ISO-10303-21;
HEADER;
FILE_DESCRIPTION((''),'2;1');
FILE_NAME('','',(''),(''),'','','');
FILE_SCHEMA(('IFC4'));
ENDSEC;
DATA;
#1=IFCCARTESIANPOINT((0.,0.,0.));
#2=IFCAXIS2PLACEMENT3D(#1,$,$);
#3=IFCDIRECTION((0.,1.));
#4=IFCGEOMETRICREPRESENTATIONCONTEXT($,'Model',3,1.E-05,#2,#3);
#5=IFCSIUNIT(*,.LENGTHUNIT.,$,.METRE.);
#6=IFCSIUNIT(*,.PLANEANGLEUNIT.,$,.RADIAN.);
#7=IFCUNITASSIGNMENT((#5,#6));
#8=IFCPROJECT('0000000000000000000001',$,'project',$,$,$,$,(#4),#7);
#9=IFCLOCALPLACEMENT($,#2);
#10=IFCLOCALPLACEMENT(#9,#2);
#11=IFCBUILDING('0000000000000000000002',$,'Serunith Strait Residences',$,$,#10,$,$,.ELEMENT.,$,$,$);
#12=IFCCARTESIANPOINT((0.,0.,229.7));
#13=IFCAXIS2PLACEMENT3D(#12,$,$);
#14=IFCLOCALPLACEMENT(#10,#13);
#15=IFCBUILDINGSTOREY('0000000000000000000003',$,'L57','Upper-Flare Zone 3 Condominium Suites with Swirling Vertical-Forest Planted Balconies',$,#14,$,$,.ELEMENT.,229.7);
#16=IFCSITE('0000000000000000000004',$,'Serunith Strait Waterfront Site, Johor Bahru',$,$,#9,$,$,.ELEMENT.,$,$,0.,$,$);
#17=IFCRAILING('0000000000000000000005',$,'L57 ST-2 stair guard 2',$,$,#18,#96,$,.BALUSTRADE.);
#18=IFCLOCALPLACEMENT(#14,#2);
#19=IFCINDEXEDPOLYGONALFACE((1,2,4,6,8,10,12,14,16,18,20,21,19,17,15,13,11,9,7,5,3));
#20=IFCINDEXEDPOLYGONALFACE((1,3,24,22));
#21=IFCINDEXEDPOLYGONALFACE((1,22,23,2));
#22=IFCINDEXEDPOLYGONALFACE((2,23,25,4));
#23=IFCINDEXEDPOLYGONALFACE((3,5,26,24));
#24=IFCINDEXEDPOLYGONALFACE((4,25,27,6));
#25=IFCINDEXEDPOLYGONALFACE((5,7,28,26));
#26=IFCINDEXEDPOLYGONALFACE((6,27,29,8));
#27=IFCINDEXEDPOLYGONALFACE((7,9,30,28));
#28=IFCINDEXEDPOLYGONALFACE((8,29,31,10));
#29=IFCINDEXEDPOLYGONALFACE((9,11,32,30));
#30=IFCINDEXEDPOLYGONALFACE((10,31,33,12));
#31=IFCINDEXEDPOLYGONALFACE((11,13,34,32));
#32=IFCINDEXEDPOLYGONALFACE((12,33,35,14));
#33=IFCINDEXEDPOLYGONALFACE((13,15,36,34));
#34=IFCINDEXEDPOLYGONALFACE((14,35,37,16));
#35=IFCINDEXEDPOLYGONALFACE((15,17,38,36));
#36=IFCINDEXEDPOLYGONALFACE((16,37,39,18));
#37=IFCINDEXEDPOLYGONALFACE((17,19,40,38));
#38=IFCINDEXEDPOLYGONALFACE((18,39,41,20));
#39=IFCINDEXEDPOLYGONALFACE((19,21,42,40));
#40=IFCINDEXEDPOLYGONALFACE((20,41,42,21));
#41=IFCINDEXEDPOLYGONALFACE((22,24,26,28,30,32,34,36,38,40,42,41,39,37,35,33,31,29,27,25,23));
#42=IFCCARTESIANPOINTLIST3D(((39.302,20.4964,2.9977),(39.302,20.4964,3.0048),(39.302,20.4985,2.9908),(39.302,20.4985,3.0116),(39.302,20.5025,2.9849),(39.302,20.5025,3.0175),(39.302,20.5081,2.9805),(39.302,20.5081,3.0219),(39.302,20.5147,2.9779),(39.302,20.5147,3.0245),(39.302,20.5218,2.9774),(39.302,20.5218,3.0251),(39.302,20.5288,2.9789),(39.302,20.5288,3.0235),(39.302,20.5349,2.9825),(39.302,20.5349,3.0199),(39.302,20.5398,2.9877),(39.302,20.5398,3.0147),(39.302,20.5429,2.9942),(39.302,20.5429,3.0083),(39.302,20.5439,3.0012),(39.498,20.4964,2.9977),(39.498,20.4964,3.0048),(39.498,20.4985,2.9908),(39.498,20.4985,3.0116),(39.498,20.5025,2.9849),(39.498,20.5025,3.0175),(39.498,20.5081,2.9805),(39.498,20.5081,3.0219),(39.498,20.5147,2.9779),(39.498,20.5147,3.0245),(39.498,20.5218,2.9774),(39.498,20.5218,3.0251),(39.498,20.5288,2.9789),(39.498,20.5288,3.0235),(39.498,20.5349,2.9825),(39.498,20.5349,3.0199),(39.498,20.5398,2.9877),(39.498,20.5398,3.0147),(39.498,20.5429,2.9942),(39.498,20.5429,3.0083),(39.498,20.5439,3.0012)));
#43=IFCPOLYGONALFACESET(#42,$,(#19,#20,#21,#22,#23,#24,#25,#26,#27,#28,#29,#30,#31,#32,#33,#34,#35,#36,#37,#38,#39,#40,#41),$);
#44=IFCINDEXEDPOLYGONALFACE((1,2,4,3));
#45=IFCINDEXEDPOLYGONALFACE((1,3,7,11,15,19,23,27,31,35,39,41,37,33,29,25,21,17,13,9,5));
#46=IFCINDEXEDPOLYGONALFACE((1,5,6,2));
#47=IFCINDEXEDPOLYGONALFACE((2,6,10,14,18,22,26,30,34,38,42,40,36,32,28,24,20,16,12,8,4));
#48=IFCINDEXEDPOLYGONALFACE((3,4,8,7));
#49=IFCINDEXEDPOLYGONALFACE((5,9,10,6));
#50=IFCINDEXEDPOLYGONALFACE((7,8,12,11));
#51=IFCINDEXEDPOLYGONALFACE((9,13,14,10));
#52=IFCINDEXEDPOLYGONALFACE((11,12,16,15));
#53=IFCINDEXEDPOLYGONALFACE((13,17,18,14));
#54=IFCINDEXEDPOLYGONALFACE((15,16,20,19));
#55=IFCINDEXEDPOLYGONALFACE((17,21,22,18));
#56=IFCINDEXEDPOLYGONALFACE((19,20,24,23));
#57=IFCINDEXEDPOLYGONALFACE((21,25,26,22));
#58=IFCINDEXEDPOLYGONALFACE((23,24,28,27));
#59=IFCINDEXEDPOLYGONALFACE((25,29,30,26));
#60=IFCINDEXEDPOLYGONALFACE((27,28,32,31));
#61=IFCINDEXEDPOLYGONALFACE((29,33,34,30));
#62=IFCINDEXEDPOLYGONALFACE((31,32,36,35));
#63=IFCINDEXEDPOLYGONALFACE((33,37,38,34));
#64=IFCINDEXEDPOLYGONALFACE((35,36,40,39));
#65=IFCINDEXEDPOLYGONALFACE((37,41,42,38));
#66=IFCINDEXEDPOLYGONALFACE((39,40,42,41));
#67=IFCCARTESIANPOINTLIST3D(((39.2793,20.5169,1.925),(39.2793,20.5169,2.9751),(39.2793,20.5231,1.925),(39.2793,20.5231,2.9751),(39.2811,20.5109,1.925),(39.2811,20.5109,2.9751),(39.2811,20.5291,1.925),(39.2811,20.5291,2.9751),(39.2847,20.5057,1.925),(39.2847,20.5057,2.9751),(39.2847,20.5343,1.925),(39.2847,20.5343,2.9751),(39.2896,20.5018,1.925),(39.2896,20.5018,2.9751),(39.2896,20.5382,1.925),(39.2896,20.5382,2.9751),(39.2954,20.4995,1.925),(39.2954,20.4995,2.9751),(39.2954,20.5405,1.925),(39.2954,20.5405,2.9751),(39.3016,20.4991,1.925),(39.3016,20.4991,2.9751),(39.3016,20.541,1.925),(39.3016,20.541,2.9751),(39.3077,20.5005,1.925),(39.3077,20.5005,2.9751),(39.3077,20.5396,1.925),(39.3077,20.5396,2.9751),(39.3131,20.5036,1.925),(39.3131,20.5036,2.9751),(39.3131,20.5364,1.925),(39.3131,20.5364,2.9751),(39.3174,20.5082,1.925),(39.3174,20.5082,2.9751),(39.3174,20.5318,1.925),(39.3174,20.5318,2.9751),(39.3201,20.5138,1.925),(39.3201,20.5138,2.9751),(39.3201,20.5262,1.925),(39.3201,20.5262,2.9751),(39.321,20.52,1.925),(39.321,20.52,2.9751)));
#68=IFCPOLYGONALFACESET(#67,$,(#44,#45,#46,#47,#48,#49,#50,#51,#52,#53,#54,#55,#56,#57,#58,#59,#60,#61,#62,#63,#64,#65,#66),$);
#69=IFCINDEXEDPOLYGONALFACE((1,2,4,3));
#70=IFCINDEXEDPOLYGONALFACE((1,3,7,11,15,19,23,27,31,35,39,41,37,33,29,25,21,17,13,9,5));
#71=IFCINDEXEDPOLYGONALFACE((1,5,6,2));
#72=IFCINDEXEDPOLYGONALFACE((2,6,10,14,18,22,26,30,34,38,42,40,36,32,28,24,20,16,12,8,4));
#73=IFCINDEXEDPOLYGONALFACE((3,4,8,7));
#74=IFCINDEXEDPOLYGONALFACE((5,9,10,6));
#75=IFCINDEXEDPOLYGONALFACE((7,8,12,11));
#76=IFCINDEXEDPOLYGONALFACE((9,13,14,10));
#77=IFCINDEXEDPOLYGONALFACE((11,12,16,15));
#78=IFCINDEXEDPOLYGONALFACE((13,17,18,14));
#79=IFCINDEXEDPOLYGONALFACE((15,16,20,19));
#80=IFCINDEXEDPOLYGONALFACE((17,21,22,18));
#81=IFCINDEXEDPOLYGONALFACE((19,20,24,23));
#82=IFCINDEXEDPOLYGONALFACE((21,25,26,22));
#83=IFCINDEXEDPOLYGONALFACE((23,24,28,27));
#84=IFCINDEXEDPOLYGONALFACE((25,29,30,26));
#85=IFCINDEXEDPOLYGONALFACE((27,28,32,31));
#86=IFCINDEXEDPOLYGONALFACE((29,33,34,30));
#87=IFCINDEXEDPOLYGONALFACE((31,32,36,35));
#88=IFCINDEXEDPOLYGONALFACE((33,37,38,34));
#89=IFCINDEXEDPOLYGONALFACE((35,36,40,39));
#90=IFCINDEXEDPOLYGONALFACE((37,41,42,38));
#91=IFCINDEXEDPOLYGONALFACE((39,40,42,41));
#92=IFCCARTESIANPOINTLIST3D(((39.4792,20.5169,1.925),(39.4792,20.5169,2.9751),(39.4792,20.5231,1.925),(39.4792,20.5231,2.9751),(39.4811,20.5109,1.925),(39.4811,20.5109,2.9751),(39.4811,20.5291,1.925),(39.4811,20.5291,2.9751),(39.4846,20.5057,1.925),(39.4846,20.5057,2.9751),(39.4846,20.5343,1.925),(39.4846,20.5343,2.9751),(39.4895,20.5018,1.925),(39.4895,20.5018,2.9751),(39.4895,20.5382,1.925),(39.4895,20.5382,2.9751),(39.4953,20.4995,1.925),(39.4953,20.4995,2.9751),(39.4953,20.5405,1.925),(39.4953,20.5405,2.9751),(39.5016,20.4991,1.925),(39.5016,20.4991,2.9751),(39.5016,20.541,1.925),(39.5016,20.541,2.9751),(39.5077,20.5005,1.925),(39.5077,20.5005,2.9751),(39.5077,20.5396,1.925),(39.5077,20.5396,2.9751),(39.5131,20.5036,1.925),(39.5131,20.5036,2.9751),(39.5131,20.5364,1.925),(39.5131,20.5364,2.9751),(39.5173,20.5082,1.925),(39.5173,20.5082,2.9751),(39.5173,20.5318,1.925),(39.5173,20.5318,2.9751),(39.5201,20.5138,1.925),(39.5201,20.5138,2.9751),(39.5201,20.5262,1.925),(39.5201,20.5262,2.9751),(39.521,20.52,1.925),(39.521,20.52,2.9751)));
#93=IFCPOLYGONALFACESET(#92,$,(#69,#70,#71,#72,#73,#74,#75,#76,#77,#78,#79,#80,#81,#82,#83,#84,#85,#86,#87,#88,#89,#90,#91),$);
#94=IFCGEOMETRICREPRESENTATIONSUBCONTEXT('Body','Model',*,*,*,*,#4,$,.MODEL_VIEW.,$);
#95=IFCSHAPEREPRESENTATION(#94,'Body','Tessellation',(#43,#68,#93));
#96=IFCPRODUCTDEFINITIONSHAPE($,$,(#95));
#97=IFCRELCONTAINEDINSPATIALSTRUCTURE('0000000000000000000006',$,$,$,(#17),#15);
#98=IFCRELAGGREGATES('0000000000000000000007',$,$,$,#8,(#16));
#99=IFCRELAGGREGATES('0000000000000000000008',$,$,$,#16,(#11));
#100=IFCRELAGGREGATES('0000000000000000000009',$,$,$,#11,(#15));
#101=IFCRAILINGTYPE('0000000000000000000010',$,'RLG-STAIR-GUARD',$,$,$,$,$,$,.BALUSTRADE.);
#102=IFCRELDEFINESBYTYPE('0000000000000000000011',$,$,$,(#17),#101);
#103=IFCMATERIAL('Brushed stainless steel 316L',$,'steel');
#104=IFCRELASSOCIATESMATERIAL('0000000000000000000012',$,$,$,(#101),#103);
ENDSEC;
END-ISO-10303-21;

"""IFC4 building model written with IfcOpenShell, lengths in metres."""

from ifc_helpers import new_model, si_unit, direction, frame, origin, origin_2d, place, context, subcontext, project, spatial, circle, extrude, material, type_object, element, save


model = new_model("IFC4")

# Units and contexts
model_context = context("Model", 3, precision=1e-05, world=origin(), true_north=direction((0.0, 1.0)))
body_context = subcontext(model_context, "Body", "Model", "MODEL_VIEW")
ifc_project = project(units=[si_unit("LENGTHUNIT", "METRE"), si_unit("PLANEANGLEUNIT", "RADIAN")], contexts=[model_context])

# Site, building, storey
site_placement = place(None, origin())
site = spatial("IfcSite", under=ifc_project, at=site_placement, Name="Serunith Strait Waterfront Site, Johor Bahru", CompositionType="ELEMENT", RefElevation=0.0)
building_placement = place(site_placement, origin())
building = spatial("IfcBuilding", under=site, at=building_placement, Name="Serunith Strait Residences", CompositionType="ELEMENT")
storey_placement = place(building_placement, frame((0.0, 0.0, 229.7)))
storey = spatial("IfcBuildingStorey", under=building, at=storey_placement, Name="L57", Description="Upper-Flare Zone 3 Condominium Suites with Swirling Vertical-Forest Planted Balconies", CompositionType="ELEMENT", Elevation=229.7)

# Railing
ifc_material_1 = material(Name="Brushed stainless steel 316L", Category="steel")
railing_type_1 = type_object("IfcRailingType", Name="RLG-STAIR-GUARD", PredefinedType="BALUSTRADE", material=ifc_material_1)
railing_1_placement = place(storey_placement, frame((39.3, 20.52, 1.925)))
element("IfcRailing", 1, at=railing_1_placement, inside=storey, type_object=railing_type_1, Name="L57 ST-2 stair guard 2", PredefinedType="BALUSTRADE", context=body_context, shape_type="SweptSolid", body=[
    extrude(circle(Radius=0.0239, at=origin_2d()), frame((0.002, 0.0, 1.0762), z_axis=(1.0, 0.0, 0.0), x_axis=(0.0, 1.0, 0.0)), (0.0, 0.0, 1.0), 0.196),
    extrude(circle(Radius=0.021, at=origin_2d()), origin(), (0.0, 0.0, 1.0), 1.05),
    extrude(circle(Radius=0.021, at=origin_2d()), frame((0.2, 0.0, 0.0)), (0.0, 0.0, 1.0), 1.05),
])

save(model, "model.ifc")
